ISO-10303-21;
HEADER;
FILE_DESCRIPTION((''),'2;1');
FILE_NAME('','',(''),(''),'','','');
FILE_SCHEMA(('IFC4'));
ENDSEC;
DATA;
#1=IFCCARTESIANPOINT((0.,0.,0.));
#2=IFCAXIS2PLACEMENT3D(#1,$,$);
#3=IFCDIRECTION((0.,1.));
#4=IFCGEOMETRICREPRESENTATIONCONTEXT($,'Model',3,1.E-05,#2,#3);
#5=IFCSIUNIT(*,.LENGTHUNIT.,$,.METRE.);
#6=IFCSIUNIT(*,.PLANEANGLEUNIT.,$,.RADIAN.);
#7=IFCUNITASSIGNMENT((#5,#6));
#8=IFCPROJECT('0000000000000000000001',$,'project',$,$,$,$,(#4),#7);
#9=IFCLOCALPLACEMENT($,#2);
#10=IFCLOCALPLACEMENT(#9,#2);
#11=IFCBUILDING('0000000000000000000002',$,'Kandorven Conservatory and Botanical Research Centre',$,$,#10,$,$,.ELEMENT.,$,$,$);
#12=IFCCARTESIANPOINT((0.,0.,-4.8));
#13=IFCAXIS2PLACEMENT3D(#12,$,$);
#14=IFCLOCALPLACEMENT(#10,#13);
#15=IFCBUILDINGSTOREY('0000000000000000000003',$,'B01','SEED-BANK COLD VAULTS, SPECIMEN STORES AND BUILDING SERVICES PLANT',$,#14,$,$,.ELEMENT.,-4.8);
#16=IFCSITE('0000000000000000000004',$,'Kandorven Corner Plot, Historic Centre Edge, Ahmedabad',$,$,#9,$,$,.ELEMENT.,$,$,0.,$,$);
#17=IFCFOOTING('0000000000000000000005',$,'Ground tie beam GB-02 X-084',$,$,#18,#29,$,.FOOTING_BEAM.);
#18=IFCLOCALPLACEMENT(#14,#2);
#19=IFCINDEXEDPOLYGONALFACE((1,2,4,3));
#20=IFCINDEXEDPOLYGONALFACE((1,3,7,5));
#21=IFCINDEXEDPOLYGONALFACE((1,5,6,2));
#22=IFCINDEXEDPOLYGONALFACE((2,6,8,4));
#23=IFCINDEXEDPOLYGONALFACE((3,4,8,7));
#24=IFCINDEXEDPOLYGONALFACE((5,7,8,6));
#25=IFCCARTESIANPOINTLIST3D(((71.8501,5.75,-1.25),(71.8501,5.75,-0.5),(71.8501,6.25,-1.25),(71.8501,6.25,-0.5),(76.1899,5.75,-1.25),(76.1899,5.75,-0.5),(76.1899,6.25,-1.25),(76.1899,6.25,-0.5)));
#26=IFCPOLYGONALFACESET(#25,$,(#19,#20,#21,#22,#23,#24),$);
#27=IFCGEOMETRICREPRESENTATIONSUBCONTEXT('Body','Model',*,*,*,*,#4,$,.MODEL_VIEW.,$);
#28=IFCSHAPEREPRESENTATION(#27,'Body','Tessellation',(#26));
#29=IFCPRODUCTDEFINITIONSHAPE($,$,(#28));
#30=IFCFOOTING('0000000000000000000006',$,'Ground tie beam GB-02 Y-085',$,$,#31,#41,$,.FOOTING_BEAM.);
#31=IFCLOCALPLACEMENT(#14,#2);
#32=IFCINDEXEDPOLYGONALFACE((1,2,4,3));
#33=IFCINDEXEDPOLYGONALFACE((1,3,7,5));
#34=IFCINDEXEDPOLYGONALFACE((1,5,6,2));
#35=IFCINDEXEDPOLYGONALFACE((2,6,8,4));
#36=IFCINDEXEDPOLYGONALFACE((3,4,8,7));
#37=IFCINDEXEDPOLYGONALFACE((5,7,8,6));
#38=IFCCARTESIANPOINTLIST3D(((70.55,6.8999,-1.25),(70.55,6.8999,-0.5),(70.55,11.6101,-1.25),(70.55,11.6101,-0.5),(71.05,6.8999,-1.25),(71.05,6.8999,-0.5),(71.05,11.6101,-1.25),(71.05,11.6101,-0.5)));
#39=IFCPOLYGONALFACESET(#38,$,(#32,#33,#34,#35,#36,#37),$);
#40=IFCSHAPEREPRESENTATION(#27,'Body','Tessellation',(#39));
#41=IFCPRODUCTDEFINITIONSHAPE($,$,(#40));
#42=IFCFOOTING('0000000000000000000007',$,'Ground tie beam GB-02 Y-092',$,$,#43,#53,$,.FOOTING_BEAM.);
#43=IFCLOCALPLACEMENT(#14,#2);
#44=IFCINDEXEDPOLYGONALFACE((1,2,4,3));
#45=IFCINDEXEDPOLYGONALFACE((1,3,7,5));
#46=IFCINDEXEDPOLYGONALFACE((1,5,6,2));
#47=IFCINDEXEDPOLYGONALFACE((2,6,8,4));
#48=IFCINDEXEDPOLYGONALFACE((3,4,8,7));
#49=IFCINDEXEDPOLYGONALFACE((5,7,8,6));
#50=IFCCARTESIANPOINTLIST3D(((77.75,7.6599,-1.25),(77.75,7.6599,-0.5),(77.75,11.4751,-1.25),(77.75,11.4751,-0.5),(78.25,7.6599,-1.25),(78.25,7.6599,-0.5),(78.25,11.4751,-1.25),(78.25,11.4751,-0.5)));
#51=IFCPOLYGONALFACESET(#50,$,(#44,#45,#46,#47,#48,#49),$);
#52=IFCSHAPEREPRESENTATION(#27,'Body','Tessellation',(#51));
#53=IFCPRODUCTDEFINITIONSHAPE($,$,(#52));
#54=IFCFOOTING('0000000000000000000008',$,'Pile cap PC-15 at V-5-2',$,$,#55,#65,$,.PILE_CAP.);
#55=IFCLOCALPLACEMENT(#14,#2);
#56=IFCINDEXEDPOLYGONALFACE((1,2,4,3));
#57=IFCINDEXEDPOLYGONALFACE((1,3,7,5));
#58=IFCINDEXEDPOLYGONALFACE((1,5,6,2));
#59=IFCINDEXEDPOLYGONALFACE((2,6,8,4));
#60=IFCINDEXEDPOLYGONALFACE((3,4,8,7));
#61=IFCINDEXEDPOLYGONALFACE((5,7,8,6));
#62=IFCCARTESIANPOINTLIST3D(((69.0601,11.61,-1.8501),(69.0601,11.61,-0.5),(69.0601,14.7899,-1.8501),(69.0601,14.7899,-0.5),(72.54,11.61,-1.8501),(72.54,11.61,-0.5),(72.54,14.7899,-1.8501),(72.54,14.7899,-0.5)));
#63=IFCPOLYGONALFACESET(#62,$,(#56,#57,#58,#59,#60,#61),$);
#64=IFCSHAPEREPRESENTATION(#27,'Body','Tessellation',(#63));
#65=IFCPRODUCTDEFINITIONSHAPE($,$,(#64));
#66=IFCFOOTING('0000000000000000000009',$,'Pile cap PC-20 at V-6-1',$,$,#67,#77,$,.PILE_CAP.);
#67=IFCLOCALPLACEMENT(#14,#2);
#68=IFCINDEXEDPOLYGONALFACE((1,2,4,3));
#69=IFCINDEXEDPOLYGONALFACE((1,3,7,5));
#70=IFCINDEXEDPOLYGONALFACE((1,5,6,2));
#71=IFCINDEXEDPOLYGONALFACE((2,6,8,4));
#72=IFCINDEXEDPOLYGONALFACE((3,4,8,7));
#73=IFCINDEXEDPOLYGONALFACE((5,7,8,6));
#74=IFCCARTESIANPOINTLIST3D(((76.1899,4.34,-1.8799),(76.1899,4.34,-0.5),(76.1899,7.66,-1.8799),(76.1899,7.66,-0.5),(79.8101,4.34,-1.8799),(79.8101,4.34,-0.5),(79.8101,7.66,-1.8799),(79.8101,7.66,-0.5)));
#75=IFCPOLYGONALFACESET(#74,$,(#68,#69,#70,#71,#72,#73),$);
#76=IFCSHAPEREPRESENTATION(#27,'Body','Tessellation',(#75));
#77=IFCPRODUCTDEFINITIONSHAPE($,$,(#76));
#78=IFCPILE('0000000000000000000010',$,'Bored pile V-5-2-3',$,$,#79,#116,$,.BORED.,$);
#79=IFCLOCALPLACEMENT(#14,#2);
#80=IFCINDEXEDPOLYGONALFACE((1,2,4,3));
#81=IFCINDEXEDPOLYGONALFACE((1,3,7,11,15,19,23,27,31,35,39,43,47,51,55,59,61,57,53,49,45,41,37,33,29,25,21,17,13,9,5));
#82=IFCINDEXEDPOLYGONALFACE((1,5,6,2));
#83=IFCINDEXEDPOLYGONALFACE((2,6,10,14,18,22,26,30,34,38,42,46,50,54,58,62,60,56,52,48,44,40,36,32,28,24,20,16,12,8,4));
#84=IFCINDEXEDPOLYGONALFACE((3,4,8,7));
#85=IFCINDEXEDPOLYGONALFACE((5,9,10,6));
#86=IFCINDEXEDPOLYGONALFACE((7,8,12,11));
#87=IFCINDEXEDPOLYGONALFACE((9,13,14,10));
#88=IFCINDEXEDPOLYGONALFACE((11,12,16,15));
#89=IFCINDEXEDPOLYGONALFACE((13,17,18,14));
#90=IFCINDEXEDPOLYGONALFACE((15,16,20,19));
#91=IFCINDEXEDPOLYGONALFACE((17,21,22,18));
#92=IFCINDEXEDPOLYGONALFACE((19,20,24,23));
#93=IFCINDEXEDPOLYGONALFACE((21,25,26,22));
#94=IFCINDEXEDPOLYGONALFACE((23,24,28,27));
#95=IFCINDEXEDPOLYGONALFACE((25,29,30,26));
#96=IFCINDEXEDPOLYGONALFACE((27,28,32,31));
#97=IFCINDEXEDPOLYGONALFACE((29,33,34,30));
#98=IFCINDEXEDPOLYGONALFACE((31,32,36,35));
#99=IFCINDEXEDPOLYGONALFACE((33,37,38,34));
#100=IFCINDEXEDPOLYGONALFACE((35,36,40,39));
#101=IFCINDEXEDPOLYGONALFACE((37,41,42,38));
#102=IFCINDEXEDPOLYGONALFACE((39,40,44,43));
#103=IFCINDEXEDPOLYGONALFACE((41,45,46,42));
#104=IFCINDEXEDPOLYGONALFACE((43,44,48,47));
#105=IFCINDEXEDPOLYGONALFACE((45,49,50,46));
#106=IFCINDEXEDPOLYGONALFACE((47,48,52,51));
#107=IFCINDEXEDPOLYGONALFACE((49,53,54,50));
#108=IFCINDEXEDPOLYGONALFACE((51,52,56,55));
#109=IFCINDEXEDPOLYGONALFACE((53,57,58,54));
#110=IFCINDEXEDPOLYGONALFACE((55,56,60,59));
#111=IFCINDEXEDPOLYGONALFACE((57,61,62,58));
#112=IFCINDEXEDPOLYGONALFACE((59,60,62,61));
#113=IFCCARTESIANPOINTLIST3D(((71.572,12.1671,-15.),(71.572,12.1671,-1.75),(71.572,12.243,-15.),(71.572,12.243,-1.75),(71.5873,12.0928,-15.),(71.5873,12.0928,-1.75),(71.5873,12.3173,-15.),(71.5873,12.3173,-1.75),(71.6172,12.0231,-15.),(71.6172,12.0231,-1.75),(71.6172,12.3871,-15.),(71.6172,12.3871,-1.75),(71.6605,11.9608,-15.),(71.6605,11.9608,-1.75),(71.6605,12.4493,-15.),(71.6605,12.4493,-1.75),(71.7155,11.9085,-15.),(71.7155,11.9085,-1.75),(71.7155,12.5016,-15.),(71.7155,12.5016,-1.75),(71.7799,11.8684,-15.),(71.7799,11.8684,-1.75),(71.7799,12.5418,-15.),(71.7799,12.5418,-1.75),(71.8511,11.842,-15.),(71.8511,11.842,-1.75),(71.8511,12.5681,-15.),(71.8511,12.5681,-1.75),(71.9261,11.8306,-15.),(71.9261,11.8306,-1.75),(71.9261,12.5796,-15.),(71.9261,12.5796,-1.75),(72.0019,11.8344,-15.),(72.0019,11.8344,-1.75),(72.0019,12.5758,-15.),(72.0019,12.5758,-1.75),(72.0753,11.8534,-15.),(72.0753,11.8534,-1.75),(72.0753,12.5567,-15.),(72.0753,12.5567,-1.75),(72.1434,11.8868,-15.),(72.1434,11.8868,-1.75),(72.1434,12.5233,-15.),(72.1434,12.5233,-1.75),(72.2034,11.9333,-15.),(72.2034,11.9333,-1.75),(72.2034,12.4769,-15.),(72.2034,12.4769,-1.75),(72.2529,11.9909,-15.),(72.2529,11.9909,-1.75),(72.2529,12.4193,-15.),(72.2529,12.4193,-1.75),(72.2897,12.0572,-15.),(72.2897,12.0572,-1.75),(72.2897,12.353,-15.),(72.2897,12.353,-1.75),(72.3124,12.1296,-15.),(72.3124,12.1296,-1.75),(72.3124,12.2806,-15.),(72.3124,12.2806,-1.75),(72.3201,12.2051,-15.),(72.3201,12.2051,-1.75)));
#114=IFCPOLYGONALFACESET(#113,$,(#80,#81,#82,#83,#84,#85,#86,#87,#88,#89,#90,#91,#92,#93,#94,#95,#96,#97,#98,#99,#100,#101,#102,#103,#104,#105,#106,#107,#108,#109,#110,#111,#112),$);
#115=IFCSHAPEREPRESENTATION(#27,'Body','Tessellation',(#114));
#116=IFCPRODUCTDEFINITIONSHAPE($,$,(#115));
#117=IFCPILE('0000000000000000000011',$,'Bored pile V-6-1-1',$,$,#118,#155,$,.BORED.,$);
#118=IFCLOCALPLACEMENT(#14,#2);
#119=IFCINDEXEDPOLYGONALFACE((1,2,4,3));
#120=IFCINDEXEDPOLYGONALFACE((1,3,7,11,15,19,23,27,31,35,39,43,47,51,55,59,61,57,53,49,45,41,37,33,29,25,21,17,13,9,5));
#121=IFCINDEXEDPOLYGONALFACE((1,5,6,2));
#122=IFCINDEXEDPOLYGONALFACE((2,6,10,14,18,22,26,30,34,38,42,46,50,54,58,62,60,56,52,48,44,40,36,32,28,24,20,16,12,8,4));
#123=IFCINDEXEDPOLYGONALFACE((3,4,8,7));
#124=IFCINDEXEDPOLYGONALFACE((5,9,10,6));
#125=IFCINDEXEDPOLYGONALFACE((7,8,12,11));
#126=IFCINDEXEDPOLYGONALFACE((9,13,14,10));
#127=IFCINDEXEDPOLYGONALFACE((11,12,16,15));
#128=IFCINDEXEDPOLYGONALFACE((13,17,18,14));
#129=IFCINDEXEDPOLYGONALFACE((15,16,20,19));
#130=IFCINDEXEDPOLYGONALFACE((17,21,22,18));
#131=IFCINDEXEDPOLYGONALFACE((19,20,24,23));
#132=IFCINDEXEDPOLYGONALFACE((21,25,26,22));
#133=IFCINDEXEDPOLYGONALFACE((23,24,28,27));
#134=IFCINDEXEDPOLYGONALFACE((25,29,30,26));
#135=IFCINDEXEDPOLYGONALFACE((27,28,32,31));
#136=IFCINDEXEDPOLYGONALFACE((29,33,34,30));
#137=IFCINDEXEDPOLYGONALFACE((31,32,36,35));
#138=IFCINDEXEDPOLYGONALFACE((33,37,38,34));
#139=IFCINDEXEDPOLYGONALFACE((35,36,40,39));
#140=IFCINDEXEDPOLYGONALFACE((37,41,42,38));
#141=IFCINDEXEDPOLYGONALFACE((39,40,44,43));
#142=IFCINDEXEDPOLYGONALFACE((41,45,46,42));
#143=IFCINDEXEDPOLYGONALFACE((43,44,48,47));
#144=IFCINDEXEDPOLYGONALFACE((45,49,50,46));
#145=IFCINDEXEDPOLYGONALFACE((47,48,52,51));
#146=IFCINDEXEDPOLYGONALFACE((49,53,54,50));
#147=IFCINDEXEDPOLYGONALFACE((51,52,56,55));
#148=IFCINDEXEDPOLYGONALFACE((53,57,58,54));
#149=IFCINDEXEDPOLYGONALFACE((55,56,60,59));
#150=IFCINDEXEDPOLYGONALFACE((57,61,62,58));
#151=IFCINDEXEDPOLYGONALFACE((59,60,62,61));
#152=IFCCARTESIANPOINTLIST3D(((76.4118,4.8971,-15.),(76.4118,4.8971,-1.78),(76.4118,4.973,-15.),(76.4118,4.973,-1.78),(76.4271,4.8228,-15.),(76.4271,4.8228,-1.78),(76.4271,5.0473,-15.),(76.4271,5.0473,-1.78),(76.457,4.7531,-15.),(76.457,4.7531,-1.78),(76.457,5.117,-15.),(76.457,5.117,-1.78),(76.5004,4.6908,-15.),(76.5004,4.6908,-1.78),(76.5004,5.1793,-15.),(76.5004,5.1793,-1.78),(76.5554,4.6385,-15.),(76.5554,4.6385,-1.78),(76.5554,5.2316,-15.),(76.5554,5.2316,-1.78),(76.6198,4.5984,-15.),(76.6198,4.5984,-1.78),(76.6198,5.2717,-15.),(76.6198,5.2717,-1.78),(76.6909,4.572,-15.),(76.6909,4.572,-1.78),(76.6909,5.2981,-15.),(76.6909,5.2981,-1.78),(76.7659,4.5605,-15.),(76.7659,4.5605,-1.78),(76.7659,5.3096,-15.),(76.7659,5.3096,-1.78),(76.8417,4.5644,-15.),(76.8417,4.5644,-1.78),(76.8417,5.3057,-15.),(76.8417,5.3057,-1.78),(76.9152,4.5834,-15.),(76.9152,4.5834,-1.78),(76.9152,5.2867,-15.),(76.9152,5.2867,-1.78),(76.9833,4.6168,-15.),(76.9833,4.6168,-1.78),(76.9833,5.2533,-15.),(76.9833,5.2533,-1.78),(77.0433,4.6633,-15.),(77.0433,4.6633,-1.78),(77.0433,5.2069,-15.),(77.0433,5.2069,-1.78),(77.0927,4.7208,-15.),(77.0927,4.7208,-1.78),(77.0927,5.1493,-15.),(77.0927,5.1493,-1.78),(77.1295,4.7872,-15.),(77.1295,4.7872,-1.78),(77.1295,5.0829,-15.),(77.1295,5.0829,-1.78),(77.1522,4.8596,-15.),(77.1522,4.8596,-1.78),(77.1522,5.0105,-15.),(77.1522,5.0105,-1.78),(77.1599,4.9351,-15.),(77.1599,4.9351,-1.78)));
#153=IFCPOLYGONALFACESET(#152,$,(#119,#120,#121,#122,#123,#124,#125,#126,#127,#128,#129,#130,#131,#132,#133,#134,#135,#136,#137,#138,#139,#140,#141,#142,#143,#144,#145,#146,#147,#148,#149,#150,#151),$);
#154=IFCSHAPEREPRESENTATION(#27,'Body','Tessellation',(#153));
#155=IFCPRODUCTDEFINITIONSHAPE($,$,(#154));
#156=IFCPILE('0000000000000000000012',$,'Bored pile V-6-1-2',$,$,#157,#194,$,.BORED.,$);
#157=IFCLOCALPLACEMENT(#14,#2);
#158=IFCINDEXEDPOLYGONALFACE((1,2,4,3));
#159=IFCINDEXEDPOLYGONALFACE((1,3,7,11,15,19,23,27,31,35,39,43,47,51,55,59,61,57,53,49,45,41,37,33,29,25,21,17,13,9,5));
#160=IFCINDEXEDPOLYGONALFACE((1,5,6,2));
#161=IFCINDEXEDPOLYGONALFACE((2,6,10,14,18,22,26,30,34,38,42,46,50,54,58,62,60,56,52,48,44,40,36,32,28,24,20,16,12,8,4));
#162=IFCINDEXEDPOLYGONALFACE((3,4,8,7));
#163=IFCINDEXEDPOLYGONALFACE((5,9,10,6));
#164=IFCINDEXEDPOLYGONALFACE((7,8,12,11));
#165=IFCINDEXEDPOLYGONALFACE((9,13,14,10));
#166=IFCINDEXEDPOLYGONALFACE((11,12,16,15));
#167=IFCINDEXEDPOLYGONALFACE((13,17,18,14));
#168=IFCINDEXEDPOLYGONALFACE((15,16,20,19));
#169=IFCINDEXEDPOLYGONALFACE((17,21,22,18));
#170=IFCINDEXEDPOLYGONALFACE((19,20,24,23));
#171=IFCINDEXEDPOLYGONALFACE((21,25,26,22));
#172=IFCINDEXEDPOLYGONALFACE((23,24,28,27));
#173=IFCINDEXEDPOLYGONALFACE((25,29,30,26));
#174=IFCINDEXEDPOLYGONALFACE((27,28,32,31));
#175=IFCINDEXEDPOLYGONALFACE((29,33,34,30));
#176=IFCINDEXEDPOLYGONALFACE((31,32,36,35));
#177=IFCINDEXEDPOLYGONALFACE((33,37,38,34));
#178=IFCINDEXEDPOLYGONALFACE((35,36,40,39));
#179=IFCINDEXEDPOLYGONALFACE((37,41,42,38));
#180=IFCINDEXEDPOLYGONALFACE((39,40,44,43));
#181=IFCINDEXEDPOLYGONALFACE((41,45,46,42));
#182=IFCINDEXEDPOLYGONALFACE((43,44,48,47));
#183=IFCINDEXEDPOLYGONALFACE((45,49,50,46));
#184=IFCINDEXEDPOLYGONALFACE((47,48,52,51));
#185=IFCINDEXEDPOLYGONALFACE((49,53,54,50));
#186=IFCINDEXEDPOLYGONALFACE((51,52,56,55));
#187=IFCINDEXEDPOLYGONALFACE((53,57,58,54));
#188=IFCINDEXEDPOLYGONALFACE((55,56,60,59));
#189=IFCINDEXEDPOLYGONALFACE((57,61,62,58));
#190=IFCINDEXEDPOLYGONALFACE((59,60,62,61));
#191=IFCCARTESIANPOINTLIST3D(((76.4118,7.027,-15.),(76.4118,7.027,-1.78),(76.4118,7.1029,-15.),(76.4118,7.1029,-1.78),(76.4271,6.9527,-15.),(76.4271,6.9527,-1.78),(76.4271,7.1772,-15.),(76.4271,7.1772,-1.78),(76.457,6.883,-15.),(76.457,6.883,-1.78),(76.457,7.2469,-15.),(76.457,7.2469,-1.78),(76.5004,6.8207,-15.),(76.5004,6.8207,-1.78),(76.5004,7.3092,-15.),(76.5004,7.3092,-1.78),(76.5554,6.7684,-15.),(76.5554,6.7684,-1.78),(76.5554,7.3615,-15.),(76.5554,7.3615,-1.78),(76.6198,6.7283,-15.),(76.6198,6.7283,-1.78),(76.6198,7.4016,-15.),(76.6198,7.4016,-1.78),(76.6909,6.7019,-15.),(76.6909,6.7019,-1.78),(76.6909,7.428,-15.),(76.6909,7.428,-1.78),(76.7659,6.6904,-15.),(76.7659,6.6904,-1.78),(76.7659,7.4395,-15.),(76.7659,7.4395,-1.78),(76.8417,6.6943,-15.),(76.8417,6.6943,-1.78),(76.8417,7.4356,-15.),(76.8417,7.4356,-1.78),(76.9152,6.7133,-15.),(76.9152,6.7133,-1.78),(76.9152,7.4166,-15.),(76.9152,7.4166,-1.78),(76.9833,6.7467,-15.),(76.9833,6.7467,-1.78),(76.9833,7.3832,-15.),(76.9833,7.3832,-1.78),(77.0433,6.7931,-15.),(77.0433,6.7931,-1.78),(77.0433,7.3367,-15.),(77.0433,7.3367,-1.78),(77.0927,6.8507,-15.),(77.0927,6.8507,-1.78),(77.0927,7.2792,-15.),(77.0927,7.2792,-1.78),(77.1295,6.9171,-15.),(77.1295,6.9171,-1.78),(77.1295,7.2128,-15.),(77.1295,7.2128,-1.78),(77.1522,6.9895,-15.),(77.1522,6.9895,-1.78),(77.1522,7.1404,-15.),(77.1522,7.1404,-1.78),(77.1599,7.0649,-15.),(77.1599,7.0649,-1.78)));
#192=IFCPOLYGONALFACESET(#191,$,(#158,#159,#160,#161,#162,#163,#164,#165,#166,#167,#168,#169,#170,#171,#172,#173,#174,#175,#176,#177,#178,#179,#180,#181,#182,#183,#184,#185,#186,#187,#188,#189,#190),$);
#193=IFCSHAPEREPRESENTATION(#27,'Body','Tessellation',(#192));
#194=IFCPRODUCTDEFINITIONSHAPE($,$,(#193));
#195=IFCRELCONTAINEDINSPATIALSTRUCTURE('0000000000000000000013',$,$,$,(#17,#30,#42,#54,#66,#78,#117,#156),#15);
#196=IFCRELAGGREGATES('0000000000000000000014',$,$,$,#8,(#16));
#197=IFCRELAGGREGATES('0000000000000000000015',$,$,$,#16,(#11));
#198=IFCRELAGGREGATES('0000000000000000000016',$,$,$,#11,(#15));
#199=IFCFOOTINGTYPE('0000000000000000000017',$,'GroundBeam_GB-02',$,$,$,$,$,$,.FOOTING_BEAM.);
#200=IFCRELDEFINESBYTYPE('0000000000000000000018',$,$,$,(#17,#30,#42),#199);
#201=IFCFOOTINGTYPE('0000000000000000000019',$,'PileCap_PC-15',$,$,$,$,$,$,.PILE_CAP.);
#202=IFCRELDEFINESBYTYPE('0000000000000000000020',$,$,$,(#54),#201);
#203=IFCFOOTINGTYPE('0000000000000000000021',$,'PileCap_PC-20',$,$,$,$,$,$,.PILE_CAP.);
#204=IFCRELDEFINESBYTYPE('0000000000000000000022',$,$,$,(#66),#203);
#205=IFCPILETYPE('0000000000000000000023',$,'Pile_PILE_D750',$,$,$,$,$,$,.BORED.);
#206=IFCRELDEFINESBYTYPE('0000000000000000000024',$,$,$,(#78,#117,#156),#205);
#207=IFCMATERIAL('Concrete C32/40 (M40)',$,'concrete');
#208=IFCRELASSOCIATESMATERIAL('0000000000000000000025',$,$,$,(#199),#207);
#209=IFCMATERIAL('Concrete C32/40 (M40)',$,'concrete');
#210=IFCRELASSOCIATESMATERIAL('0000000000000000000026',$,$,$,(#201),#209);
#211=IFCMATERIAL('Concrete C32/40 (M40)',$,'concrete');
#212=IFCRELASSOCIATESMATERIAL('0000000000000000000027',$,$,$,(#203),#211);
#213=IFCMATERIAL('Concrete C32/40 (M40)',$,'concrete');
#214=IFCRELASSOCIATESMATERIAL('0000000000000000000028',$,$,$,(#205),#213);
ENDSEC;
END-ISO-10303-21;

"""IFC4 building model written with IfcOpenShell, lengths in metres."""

from ifc_helpers import new_model, si_unit, direction, frame, origin, origin_2d, place, context, subcontext, project, spatial, rectangle, circle, extrude, material, material_profile, profile_set, type_object, element, save


model = new_model("IFC4")

# Units and contexts
model_context = context("Model", 3, precision=1e-05, world=origin(), true_north=direction((0.0, 1.0)))
body_context = subcontext(model_context, "Body", "Model", "MODEL_VIEW")
ifc_project = project(units=[si_unit("LENGTHUNIT", "METRE"), si_unit("PLANEANGLEUNIT", "RADIAN")], contexts=[model_context])

# Site, building, storey
site_placement = place(None, origin())
site = spatial("IfcSite", under=ifc_project, at=site_placement, Name="Kandorven Corner Plot, Historic Centre Edge, Ahmedabad", CompositionType="ELEMENT", RefElevation=0.0)
building_placement = place(site_placement, origin())
building = spatial("IfcBuilding", under=site, at=building_placement, Name="Kandorven Conservatory and Botanical Research Centre", CompositionType="ELEMENT")
storey_placement = place(building_placement, frame((0.0, 0.0, -4.8)))
storey = spatial("IfcBuildingStorey", under=building, at=storey_placement, Name="B01", Description="SEED-BANK COLD VAULTS, SPECIMEN STORES AND BUILDING SERVICES PLANT", CompositionType="ELEMENT", Elevation=-4.8)

# Footings
ifc_material_1 = material(Name="Concrete C32/40 (M40)", Category="concrete")
ifc_material_profile_1 = material_profile(ifc_material_1, rectangle(XDim=0.5, YDim=0.75, at=origin_2d()))
ifc_profile_set_1 = profile_set([ifc_material_profile_1], Name="Concrete C32/40 (M40)")
footing_type_1 = type_object("IfcFootingType", Name="GroundBeam_GB-02", PredefinedType="FOOTING_BEAM", material=ifc_profile_set_1)
footing_1_placement = place(storey_placement, frame((71.8501, 6.0, -0.875), z_axis=(1.0, 0.0, 0.0), x_axis=(0.0, 1.0, 0.0)))
element("IfcFooting", 1, at=footing_1_placement, inside=storey, type_object=footing_type_1, Name="Ground tie beam GB-02 X-084", PredefinedType="FOOTING_BEAM", context=body_context, shape_type="SweptSolid", body=[
    extrude(rectangle(XDim=0.5, YDim=0.75, at=origin_2d()), origin(), (0.0, 0.0, 1.0), 4.3398),
])
footing_2_placement = place(storey_placement, frame((70.8, 6.8999, -0.875), z_axis=(0.0, 1.0, 0.0), x_axis=(-1.0, 0.0, 0.0)))
element("IfcFooting", 2, at=footing_2_placement, inside=storey, type_object=footing_type_1, Name="Ground tie beam GB-02 Y-085", PredefinedType="FOOTING_BEAM", context=body_context, shape_type="SweptSolid", body=[
    extrude(rectangle(XDim=0.5, YDim=0.75, at=origin_2d()), origin(), (0.0, 0.0, 1.0), 4.7102),
])
footing_3_placement = place(storey_placement, frame((78.0, 7.6599, -0.875), z_axis=(0.0, 1.0, 0.0), x_axis=(-1.0, 0.0, 0.0)))
element("IfcFooting", 3, at=footing_3_placement, inside=storey, type_object=footing_type_1, Name="Ground tie beam GB-02 Y-092", PredefinedType="FOOTING_BEAM", context=body_context, shape_type="SweptSolid", body=[
    extrude(rectangle(XDim=0.5, YDim=0.75, at=origin_2d()), origin(), (0.0, 0.0, 1.0), 3.8152),
])
ifc_material_2 = material(Name="Concrete C32/40 (M40)", Category="concrete")
footing_type_2 = type_object("IfcFootingType", Name="PileCap_PC-15", PredefinedType="PILE_CAP", material=ifc_material_2)
footing_4_placement = place(storey_placement, frame((70.8, 13.2, -1.8501), z_axis=(0.0, 0.0, 1.0), x_axis=(1.0, 0.0, 0.0)))
element("IfcFooting", 4, at=footing_4_placement, inside=storey, type_object=footing_type_2, Name="Pile cap PC-15 at V-5-2", PredefinedType="PILE_CAP", context=body_context, shape_type="SweptSolid", body=[
    extrude(rectangle(XDim=3.48, YDim=3.1799, at=origin_2d()), origin(), (0.0, 0.0, 1.0), 1.3501),
])
ifc_material_3 = material(Name="Concrete C32/40 (M40)", Category="concrete")
footing_type_3 = type_object("IfcFootingType", Name="PileCap_PC-20", PredefinedType="PILE_CAP", material=ifc_material_3)
footing_5_placement = place(storey_placement, frame((78.0, 6.0, -1.8799), z_axis=(0.0, 0.0, 1.0), x_axis=(1.0, 0.0, 0.0)))
element("IfcFooting", 5, at=footing_5_placement, inside=storey, type_object=footing_type_3, Name="Pile cap PC-20 at V-6-1", PredefinedType="PILE_CAP", context=body_context, shape_type="SweptSolid", body=[
    extrude(rectangle(XDim=3.6201, YDim=3.3201, at=origin_2d()), origin(), (0.0, 0.0, 1.0), 1.3799),
])

# Piles
ifc_material_4 = material(Name="Concrete C32/40 (M40)", Category="concrete")
ifc_material_profile_2 = material_profile(ifc_material_4, circle(Radius=0.375, at=origin_2d()))
ifc_profile_set_2 = profile_set([ifc_material_profile_2], Name="Concrete C32/40 (M40)")
pile_type = type_object("IfcPileType", Name="Pile_PILE_D750", PredefinedType="BORED", material=ifc_profile_set_2)
pile_placement = place(storey_placement, frame((71.9451, 12.2051, -1.75), z_axis=(0.0, 0.0, -1.0), x_axis=(1.0, 0.0, 0.0)))
element("IfcPile", 6, at=pile_placement, inside=storey, type_object=pile_type, Name="Bored pile V-5-2-3", PredefinedType="BORED", context=body_context, shape_type="SweptSolid", body=[
    extrude(circle(Radius=0.375, at=origin_2d()), origin(), (0.0, 0.0, 1.0), 13.25),
])
for number, where, z_axis, x_axis, name in (
    (7, (76.7849, 4.9351, -1.78), (0.0, 0.0, -1.0), (1.0, 0.0, 0.0), "Bored pile V-6-1-1"),
    (8, (76.7849, 7.0649, -1.78), (0.0, 0.0, -1.0), (1.0, 0.0, 0.0), "Bored pile V-6-1-2"),
):
    element("IfcPile", number, at=place(storey_placement, frame(where, z_axis=z_axis, x_axis=x_axis)), inside=storey, type_object=pile_type, Name=name, PredefinedType="BORED", context=body_context, shape_type="SweptSolid", body=[
        extrude(circle(Radius=0.375, at=origin_2d()), origin(), (0.0, 0.0, 1.0), 13.22),
    ])

save(model, "model.ifc")
